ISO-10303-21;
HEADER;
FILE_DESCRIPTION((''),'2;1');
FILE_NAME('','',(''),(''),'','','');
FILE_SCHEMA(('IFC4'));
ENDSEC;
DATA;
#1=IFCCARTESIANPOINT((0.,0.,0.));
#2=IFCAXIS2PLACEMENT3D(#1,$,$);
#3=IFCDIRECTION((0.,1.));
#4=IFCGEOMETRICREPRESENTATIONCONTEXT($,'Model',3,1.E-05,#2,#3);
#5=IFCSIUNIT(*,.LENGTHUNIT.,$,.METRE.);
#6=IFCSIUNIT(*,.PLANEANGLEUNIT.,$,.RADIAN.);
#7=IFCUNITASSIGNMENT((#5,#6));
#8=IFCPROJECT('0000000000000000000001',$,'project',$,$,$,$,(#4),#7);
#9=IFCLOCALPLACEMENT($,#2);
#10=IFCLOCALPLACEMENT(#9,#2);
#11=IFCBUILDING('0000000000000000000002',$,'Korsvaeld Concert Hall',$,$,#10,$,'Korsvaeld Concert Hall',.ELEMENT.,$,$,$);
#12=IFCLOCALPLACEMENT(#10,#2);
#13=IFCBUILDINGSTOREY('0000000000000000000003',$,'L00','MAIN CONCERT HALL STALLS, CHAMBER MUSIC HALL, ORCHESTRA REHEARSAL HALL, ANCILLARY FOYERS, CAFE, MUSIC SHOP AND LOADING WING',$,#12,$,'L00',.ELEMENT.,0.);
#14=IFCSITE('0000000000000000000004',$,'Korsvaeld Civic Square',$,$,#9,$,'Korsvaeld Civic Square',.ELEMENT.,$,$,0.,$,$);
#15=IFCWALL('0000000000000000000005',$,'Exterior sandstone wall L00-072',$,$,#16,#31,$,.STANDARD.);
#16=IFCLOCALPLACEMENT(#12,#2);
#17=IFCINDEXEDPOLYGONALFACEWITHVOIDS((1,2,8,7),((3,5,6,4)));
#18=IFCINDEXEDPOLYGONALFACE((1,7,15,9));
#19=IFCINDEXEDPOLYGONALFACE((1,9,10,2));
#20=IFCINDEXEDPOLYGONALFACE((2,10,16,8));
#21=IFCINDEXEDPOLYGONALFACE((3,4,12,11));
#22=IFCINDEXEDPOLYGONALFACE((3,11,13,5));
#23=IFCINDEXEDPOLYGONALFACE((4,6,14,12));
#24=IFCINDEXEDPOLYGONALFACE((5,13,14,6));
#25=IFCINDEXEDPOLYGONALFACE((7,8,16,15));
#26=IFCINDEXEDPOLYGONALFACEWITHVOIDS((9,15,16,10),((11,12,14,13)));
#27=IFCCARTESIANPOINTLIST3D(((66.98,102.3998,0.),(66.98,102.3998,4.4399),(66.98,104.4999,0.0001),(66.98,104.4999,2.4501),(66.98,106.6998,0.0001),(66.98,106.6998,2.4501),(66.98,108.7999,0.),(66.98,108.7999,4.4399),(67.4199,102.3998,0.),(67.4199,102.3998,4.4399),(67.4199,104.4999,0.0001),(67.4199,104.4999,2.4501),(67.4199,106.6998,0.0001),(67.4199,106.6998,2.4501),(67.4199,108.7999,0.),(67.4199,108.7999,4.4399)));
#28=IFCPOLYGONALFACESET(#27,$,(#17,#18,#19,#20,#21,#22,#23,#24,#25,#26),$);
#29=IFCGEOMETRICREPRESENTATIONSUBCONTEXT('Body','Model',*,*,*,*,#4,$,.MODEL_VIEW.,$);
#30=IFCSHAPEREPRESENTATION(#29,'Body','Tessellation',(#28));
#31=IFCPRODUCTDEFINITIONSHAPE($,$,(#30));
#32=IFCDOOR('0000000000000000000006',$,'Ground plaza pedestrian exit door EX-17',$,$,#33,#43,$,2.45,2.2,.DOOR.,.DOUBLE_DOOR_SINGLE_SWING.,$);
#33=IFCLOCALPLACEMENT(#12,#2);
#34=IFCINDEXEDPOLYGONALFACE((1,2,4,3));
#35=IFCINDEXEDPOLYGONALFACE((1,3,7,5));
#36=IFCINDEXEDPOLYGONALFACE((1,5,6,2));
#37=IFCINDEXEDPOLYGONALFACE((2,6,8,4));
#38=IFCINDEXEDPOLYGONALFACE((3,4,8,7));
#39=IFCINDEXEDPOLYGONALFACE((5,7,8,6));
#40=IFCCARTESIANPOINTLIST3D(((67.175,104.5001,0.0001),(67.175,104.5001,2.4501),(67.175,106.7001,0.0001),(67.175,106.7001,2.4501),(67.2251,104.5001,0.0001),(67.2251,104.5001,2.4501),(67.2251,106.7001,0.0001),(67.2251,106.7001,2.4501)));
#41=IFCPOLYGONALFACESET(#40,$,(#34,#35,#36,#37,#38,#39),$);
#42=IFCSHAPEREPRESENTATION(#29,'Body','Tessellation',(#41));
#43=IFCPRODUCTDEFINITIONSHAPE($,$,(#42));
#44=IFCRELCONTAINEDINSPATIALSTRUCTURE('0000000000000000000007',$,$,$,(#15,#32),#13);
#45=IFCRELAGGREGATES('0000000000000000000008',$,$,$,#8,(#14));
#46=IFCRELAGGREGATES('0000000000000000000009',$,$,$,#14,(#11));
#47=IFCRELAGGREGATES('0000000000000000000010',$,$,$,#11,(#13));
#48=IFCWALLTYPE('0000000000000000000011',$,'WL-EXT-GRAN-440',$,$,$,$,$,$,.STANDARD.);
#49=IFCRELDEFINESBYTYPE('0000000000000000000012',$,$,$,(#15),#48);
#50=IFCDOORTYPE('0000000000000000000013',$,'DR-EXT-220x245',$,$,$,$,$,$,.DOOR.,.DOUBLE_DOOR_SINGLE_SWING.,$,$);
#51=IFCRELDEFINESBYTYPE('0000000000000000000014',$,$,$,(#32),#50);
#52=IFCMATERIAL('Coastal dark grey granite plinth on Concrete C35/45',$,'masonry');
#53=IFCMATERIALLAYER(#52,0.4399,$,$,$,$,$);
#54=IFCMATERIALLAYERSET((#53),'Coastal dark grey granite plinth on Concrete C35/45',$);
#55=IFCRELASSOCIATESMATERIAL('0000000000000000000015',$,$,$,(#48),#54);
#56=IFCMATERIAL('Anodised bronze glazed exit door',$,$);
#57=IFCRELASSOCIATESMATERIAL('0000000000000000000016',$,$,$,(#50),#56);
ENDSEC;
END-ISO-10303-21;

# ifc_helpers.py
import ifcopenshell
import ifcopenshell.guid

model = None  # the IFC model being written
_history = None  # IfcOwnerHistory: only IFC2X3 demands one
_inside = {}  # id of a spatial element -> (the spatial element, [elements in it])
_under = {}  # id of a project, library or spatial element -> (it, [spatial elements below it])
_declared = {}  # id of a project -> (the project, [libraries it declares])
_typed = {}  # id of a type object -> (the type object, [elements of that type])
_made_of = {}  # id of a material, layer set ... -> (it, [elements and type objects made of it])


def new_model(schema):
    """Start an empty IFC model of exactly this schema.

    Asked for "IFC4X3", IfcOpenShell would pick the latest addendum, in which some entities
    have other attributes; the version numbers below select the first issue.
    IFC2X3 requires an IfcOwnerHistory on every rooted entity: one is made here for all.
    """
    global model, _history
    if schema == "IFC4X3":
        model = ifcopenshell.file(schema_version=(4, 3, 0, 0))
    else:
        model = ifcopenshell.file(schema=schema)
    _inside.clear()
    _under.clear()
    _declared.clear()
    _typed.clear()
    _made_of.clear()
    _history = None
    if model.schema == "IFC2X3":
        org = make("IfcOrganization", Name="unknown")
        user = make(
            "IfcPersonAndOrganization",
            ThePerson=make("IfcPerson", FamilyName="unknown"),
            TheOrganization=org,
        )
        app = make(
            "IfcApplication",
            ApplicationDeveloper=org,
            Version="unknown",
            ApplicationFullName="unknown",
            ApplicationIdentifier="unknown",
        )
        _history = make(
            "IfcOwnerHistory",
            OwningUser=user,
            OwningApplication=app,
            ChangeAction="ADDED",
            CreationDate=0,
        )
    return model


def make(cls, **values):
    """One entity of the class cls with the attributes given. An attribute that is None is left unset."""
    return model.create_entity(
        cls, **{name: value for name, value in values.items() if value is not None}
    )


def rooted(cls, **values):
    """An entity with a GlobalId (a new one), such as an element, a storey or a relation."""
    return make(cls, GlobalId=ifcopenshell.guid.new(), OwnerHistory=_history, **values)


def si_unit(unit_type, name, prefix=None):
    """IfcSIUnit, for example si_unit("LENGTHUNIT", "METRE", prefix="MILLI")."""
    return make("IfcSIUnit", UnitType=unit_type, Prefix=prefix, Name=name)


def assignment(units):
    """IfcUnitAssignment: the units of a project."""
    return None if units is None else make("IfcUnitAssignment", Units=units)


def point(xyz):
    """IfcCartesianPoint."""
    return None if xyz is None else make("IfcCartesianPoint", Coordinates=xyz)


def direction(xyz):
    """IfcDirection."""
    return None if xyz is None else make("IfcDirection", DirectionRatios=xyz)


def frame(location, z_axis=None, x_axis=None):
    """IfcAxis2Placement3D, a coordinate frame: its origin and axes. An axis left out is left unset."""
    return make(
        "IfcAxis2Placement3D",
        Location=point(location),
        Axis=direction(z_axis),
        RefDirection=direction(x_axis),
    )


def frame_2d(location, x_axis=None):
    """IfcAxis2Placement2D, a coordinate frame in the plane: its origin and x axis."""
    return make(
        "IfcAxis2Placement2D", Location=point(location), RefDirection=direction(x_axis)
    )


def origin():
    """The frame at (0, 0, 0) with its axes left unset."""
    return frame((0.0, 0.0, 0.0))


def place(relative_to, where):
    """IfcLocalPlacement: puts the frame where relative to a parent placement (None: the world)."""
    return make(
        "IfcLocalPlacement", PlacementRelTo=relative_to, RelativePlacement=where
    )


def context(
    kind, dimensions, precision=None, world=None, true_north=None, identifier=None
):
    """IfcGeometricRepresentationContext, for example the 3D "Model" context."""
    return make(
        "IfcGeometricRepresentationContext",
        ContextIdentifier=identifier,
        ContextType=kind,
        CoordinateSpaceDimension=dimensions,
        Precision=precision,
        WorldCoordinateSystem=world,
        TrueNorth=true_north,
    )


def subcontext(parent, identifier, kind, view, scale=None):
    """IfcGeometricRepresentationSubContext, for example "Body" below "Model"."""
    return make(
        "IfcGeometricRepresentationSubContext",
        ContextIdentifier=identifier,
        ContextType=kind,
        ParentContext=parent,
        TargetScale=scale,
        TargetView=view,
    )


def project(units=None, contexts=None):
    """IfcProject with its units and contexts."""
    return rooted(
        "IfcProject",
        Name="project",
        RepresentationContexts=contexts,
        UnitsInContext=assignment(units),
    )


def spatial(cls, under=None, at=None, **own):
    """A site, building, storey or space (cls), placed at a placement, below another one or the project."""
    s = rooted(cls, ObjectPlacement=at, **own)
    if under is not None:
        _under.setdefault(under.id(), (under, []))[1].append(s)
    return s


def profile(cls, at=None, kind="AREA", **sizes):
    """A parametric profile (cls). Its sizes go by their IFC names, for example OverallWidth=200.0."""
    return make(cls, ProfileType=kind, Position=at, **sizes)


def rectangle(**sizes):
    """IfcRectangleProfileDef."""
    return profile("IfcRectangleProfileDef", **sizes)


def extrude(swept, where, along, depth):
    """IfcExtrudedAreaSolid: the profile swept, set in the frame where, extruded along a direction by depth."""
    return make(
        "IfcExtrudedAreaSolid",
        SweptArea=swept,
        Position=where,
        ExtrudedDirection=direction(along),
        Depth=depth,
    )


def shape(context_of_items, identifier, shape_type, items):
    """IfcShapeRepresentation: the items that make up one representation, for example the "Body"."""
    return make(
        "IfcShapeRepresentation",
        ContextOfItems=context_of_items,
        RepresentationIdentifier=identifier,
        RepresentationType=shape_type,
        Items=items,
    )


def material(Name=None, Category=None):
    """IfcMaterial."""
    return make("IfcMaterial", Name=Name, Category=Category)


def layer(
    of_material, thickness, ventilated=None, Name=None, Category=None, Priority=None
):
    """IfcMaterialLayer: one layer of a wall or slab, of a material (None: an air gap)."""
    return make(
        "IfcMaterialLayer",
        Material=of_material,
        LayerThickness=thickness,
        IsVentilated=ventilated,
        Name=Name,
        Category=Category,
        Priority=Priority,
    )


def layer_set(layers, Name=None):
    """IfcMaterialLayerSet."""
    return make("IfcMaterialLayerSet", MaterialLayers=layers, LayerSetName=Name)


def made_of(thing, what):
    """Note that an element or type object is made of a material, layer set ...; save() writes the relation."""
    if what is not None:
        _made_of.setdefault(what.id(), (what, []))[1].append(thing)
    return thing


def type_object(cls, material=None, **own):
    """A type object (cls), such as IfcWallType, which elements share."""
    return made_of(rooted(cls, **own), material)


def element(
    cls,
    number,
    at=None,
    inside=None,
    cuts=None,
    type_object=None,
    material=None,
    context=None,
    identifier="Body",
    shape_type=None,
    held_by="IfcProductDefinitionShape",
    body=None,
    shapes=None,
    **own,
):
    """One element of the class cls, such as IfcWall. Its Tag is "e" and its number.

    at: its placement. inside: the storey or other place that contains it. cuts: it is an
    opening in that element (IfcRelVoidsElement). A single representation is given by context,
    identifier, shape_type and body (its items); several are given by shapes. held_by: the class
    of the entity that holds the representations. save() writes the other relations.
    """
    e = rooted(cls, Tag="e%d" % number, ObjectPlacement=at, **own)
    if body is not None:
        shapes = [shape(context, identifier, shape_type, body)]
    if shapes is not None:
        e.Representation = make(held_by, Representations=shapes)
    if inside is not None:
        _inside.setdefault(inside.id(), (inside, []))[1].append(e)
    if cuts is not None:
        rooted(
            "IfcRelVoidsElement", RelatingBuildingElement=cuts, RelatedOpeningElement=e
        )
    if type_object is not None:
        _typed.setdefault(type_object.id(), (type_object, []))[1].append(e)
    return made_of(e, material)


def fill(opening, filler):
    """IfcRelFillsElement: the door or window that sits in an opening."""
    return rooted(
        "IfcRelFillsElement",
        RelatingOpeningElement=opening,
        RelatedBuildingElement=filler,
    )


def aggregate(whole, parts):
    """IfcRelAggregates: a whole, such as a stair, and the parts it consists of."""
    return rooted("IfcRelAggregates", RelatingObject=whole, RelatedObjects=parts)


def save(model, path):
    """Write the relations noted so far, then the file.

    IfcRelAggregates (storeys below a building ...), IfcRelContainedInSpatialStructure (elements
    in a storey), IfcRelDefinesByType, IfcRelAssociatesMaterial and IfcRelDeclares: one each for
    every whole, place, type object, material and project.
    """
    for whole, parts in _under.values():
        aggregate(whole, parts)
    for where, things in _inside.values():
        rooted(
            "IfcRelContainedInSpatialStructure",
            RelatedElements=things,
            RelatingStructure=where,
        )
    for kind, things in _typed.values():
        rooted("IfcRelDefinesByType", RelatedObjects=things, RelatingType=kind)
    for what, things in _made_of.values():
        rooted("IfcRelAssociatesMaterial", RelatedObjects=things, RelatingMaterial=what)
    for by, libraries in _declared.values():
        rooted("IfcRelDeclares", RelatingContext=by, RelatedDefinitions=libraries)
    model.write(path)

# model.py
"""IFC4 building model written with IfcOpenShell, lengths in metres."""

from ifc_helpers import new_model, si_unit, direction, frame, frame_2d, origin, place, context, subcontext, project, spatial, rectangle, extrude, material, layer, layer_set, type_object, element, fill, save


model = new_model("IFC4")

# Units and contexts
model_context = context("Model", 3, precision=1e-05, world=origin(), true_north=direction((0.0, 1.0)))
body_context = subcontext(model_context, "Body", "Model", "MODEL_VIEW")
ifc_project = project(units=[si_unit("LENGTHUNIT", "METRE"), si_unit("PLANEANGLEUNIT", "RADIAN")], contexts=[model_context])

# Site, building, storey
site_placement = place(None, origin())
site = spatial("IfcSite", under=ifc_project, at=site_placement, Name="Korsvaeld Civic Square", LongName="Korsvaeld Civic Square", CompositionType="ELEMENT", RefElevation=0.0)
building_placement = place(site_placement, origin())
building = spatial("IfcBuilding", under=site, at=building_placement, Name="Korsvaeld Concert Hall", LongName="Korsvaeld Concert Hall", CompositionType="ELEMENT")
storey_placement = place(building_placement, origin())
storey = spatial("IfcBuildingStorey", under=building, at=storey_placement, Name="L00", Description="MAIN CONCERT HALL STALLS, CHAMBER MUSIC HALL, ORCHESTRA REHEARSAL HALL, ANCILLARY FOYERS, CAFE, MUSIC SHOP AND LOADING WING", LongName="L00", CompositionType="ELEMENT", Elevation=0.0)

# Wall, opening, door
ifc_material_1 = material(Name="Coastal dark grey granite plinth on Concrete C35/45", Category="masonry")
ifc_layer = layer(ifc_material_1, 0.4399)
ifc_layer_set = layer_set([ifc_layer], Name="Coastal dark grey granite plinth on Concrete C35/45")
wall_type = type_object("IfcWallType", Name="WL-EXT-GRAN-440", PredefinedType="STANDARD", material=ifc_layer_set)
ifc_material_2 = material(Name="Anodised bronze glazed exit door")
door_type = type_object("IfcDoorType", Name="DR-EXT-220x245", OperationType="DOUBLE_DOOR_SINGLE_SWING", PredefinedType="DOOR", material=ifc_material_2)
wall_1_placement = place(storey_placement, frame((67.2, 108.8, 0.0), z_axis=(0.0, 0.0, 1.0), x_axis=(0.0, -1.0, 0.0)))
wall_1 = element("IfcWall", 1, at=wall_1_placement, inside=storey, type_object=wall_type, Name="Exterior sandstone wall L00-072", PredefinedType="STANDARD", context=body_context, shape_type="SweptSolid", body=[
    extrude(rectangle(XDim=6.4001, YDim=0.4399, at=frame_2d((3.2002, 0.0))), origin(), (0.0, 0.0, 1.0), 4.4399),
])
opening_1_placement = place(wall_1_placement, frame((2.1001, 0.0, 0.0)))
opening_1 = element("IfcOpeningElement", 2, at=opening_1_placement, cuts=wall_1, PredefinedType="OPENING", context=body_context, shape_type="SweptSolid", body=[
    extrude(rectangle(XDim=2.2, YDim=2.45, at=frame_2d((1.1001, 1.2251))), frame((0.0, 0.23, 0.0), z_axis=(0.0, -1.0, 0.0), x_axis=(1.0, 0.0, 0.0)), (0.0, 0.0, 1.0), 0.46),
])
door_1_placement = place(opening_1_placement, frame((2.2, 0.0, 0.0), z_axis=(0.0, 0.0, 1.0), x_axis=(-1.0, 0.0, 0.0)))
door_1 = element("IfcDoor", 3, at=door_1_placement, inside=storey, type_object=door_type, Name="Ground plaza pedestrian exit door EX-17", OperationType="DOUBLE_DOOR_SINGLE_SWING", OverallHeight=2.45, OverallWidth=2.2, PredefinedType="DOOR", context=body_context, shape_type="SweptSolid", body=[
    extrude(rectangle(XDim=2.2, YDim=2.45, at=frame_2d((1.1001, 1.2251))), frame((0.0, 0.0249, 0.0), z_axis=(0.0, -1.0, 0.0), x_axis=(1.0, 0.0, 0.0)), (0.0, 0.0, 1.0), 0.05),
])
fill(opening_1, door_1)

save(model, "model.ifc")
